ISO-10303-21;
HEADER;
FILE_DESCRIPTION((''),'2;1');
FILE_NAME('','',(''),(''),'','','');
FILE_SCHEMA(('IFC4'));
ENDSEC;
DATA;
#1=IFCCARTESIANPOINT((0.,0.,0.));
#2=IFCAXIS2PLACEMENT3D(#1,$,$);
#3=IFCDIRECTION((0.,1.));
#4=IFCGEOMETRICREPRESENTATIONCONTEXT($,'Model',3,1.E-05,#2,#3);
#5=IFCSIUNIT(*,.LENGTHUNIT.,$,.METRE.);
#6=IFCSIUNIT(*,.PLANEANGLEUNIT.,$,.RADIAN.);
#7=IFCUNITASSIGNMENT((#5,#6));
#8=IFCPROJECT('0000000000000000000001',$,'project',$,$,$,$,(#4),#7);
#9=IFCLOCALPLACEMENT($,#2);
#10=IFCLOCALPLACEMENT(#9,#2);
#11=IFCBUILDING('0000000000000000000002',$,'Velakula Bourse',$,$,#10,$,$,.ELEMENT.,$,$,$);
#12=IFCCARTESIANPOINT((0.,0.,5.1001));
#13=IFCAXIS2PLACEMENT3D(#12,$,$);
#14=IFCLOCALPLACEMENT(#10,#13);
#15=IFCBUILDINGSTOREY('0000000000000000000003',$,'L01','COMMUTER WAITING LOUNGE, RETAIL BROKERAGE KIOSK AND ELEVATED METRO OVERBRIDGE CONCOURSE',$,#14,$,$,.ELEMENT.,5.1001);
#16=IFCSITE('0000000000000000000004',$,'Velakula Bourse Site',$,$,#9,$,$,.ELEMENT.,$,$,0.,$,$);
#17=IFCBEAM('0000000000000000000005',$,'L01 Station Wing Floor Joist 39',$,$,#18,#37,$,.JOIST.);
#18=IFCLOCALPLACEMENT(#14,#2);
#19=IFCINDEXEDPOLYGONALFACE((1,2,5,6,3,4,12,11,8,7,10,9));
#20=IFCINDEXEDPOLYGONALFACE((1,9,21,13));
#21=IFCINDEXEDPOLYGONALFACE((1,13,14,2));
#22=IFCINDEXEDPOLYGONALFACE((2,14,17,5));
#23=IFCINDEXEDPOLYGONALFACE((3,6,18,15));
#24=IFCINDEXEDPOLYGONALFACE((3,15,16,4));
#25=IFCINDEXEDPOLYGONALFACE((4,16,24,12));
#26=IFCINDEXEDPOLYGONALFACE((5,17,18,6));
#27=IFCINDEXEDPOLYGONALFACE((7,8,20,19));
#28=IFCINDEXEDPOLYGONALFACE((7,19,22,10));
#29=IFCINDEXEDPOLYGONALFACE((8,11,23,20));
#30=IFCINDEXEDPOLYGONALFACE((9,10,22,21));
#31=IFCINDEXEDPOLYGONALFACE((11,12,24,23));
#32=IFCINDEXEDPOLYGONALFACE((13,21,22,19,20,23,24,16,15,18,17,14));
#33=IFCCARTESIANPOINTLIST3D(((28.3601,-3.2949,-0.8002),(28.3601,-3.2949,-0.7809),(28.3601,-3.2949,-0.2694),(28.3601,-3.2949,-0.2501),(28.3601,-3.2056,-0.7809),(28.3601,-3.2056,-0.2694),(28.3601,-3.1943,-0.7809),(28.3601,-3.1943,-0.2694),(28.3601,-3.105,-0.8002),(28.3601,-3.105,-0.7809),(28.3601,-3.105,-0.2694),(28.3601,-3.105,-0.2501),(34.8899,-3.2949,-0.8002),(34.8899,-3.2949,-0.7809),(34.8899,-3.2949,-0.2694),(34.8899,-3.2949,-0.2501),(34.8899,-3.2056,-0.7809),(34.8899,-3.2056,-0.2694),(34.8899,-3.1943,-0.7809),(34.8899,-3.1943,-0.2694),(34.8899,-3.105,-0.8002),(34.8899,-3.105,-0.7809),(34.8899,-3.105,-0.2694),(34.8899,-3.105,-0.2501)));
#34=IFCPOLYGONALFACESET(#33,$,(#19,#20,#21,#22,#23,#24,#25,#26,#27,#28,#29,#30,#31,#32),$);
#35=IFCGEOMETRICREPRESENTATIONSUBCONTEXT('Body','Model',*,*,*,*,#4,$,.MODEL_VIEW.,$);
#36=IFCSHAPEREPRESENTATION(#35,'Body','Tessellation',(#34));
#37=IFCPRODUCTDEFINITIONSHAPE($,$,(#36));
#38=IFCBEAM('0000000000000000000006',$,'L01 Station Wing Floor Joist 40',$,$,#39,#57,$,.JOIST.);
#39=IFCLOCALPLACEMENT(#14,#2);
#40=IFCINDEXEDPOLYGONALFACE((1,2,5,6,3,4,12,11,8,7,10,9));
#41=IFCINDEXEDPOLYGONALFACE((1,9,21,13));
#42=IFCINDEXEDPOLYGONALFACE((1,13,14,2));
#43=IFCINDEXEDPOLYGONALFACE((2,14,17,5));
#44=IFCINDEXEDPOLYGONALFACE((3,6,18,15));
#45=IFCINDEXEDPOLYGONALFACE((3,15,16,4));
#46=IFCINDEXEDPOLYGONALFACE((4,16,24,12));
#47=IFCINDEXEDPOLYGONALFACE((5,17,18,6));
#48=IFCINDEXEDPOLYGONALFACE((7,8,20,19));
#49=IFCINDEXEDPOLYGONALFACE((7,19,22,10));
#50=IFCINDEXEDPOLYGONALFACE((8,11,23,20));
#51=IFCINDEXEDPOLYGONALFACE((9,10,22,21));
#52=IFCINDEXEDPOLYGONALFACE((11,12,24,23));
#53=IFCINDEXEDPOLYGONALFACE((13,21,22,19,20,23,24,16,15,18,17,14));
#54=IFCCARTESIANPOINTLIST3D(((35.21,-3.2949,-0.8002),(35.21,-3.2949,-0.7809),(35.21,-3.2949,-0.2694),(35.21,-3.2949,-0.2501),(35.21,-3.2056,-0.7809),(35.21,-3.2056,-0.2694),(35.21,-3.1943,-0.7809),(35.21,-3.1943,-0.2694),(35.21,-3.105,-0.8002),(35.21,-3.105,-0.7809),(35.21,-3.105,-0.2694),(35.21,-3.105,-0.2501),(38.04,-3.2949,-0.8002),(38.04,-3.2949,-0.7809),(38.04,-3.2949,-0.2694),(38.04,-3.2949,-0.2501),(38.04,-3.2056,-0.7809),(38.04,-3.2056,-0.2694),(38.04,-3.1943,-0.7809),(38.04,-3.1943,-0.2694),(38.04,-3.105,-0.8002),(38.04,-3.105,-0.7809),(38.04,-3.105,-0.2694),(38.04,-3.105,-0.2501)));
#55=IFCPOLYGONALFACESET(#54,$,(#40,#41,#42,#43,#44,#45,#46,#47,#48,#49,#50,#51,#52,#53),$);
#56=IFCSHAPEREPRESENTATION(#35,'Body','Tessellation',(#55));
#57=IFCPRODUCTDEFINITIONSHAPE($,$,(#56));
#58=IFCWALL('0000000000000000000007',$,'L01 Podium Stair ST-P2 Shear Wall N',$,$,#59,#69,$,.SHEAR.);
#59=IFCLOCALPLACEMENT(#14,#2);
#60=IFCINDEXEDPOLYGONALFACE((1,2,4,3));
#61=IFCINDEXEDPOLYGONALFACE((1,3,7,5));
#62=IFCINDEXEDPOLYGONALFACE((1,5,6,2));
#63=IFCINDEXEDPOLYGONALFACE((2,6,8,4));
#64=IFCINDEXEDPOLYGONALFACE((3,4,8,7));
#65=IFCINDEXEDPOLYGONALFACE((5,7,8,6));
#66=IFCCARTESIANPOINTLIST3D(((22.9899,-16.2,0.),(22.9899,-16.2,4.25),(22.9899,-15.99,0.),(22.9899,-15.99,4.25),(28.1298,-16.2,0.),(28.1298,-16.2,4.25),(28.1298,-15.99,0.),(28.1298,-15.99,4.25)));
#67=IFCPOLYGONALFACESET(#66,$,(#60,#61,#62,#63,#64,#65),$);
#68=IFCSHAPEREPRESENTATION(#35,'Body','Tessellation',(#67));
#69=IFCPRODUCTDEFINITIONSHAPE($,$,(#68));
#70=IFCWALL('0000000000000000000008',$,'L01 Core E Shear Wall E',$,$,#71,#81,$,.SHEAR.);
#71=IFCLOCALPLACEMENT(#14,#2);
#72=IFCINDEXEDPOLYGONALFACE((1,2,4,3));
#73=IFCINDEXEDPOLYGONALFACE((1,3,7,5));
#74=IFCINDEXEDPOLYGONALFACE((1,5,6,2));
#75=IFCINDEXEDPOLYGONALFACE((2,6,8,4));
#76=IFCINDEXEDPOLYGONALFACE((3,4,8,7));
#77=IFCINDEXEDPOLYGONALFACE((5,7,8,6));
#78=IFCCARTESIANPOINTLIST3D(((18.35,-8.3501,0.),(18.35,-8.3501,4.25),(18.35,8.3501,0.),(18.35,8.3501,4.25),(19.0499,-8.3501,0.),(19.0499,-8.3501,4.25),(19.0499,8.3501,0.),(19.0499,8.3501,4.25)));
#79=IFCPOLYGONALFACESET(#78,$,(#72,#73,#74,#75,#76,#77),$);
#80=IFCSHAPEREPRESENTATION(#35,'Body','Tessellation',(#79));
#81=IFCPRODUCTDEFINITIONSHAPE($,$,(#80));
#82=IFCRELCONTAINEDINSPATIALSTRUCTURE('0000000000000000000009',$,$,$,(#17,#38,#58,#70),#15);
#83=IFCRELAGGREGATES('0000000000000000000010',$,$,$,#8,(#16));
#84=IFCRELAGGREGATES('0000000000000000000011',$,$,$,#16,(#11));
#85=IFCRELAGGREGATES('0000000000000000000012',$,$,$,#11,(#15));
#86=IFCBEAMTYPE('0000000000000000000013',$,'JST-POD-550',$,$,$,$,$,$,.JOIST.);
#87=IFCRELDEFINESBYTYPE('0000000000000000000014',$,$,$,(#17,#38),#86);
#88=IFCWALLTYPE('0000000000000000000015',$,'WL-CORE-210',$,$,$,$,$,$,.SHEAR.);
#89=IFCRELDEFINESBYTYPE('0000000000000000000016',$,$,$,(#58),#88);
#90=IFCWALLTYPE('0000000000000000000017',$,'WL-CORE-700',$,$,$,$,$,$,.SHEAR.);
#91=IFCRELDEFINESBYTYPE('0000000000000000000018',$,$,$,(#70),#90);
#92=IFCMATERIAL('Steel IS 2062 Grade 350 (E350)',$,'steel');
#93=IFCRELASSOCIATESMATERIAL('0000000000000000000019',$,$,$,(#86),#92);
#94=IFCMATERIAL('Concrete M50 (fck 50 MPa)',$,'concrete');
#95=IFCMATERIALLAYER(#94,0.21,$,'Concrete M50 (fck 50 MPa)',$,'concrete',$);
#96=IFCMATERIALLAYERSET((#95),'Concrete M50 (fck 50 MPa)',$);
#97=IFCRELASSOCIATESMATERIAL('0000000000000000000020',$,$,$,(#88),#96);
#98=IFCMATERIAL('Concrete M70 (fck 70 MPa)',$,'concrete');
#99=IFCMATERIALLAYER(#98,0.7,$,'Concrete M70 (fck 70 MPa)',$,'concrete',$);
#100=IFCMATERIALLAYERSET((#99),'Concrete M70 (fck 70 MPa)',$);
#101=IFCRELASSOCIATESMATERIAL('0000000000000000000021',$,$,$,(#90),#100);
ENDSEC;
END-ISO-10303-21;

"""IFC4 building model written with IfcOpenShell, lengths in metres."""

from ifc_helpers import new_model, si_unit, direction, frame, frame_2d, origin, origin_2d, place, context, subcontext, project, spatial, rectangle, i_section, extrude, material, layer, layer_set, material_profile, profile_set, type_object, element, save


model = new_model("IFC4")

# Units and contexts
model_context = context("Model", 3, precision=1e-05, world=origin(), true_north=direction((0.0, 1.0)))
body_context = subcontext(model_context, "Body", "Model", "MODEL_VIEW")
ifc_project = project(units=[si_unit("LENGTHUNIT", "METRE"), si_unit("PLANEANGLEUNIT", "RADIAN")], contexts=[model_context])

# Site, building, storey
site_placement = place(None, origin())
site = spatial("IfcSite", under=ifc_project, at=site_placement, Name="Velakula Bourse Site", CompositionType="ELEMENT", RefElevation=0.0)
building_placement = place(site_placement, origin())
building = spatial("IfcBuilding", under=site, at=building_placement, Name="Velakula Bourse", CompositionType="ELEMENT")
storey_placement = place(building_placement, frame((0.0, 0.0, 5.1001)))
storey = spatial("IfcBuildingStorey", under=building, at=storey_placement, Name="L01", Description="COMMUTER WAITING LOUNGE, RETAIL BROKERAGE KIOSK AND ELEVATED METRO OVERBRIDGE CONCOURSE", CompositionType="ELEMENT", Elevation=5.1001)

# Shared definitions
ifc_material_1 = material(Name="Concrete M70 (fck 70 MPa)", Category="concrete")

# Beams
ifc_material_2 = material(Name="Steel IS 2062 Grade 350 (E350)", Category="steel")
ifc_material_profile_1 = material_profile(ifc_material_2, i_section(OverallWidth=0.1899, OverallDepth=0.55, WebThickness=0.0112, FlangeThickness=0.0193, at=origin_2d()), Name="Steel IS 2062 Grade 350 (E350)")
ifc_profile_set_1 = profile_set([ifc_material_profile_1], Name="Steel IS 2062 Grade 350 (E350)")
beam_type_1 = type_object("IfcBeamType", Name="JST-POD-550", PredefinedType="JOIST", material=ifc_profile_set_1)
beam_1_placement = place(storey_placement, frame((28.3601, -3.2, -0.5251), z_axis=(1.0, 0.0, 0.0), x_axis=(0.0, 1.0, 0.0)))
element("IfcBeam", 1, at=beam_1_placement, inside=storey, type_object=beam_type_1, Name="L01 Station Wing Floor Joist 39", PredefinedType="JOIST", context=body_context, shape_type="SweptSolid", body=[
    extrude(i_section(OverallWidth=0.1899, OverallDepth=0.55, WebThickness=0.0112, FlangeThickness=0.0193, at=origin_2d()), origin(), (0.0, 0.0, 1.0), 6.5298),
])
beam_2_placement = place(storey_placement, frame((35.21, -3.2, -0.5251), z_axis=(1.0, 0.0, 0.0), x_axis=(0.0, 1.0, 0.0)))
element("IfcBeam", 2, at=beam_2_placement, inside=storey, type_object=beam_type_1, Name="L01 Station Wing Floor Joist 40", PredefinedType="JOIST", context=body_context, shape_type="SweptSolid", body=[
    extrude(i_section(OverallWidth=0.1899, OverallDepth=0.55, WebThickness=0.0112, FlangeThickness=0.0193, at=origin_2d()), origin(), (0.0, 0.0, 1.0), 2.8301),
])

# Walls
ifc_material_3 = material(Name="Concrete M50 (fck 50 MPa)", Category="concrete")
ifc_layer_1 = layer(ifc_material_3, 0.21, Name="Concrete M50 (fck 50 MPa)", Category="concrete")
ifc_layer_set_1 = layer_set([ifc_layer_1], Name="Concrete M50 (fck 50 MPa)")
wall_type_1 = type_object("IfcWallType", Name="WL-CORE-210", PredefinedType="SHEAR", material=ifc_layer_set_1)
wall_1_placement = place(storey_placement, frame((22.99, -16.095, 0.0), z_axis=(0.0, 0.0, 1.0), x_axis=(1.0, 0.0, 0.0)))
element("IfcWall", 3, at=wall_1_placement, inside=storey, type_object=wall_type_1, Name="L01 Podium Stair ST-P2 Shear Wall N", PredefinedType="SHEAR", context=body_context, shape_type="SweptSolid", body=[
    extrude(rectangle(XDim=5.1399, YDim=0.21, at=frame_2d((2.5698, 0.0))), origin(), (0.0, 0.0, 1.0), 4.25),
])
ifc_layer_2 = layer(ifc_material_1, 0.7, Name="Concrete M70 (fck 70 MPa)", Category="concrete")
ifc_layer_set_2 = layer_set([ifc_layer_2], Name="Concrete M70 (fck 70 MPa)")
wall_type_2 = type_object("IfcWallType", Name="WL-CORE-700", PredefinedType="SHEAR", material=ifc_layer_set_2)
wall_2_placement = place(storey_placement, frame((18.7, -8.3501, 0.0), z_axis=(0.0, 0.0, 1.0), x_axis=(0.0, 1.0, 0.0)))
element("IfcWall", 4, at=wall_2_placement, inside=storey, type_object=wall_type_2, Name="L01 Core E Shear Wall E", PredefinedType="SHEAR", context=body_context, shape_type="SweptSolid", body=[
    extrude(rectangle(XDim=16.7002, YDim=0.7, at=frame_2d((8.3501, 0.0))), origin(), (0.0, 0.0, 1.0), 4.25),
])

save(model, "model.ifc")
